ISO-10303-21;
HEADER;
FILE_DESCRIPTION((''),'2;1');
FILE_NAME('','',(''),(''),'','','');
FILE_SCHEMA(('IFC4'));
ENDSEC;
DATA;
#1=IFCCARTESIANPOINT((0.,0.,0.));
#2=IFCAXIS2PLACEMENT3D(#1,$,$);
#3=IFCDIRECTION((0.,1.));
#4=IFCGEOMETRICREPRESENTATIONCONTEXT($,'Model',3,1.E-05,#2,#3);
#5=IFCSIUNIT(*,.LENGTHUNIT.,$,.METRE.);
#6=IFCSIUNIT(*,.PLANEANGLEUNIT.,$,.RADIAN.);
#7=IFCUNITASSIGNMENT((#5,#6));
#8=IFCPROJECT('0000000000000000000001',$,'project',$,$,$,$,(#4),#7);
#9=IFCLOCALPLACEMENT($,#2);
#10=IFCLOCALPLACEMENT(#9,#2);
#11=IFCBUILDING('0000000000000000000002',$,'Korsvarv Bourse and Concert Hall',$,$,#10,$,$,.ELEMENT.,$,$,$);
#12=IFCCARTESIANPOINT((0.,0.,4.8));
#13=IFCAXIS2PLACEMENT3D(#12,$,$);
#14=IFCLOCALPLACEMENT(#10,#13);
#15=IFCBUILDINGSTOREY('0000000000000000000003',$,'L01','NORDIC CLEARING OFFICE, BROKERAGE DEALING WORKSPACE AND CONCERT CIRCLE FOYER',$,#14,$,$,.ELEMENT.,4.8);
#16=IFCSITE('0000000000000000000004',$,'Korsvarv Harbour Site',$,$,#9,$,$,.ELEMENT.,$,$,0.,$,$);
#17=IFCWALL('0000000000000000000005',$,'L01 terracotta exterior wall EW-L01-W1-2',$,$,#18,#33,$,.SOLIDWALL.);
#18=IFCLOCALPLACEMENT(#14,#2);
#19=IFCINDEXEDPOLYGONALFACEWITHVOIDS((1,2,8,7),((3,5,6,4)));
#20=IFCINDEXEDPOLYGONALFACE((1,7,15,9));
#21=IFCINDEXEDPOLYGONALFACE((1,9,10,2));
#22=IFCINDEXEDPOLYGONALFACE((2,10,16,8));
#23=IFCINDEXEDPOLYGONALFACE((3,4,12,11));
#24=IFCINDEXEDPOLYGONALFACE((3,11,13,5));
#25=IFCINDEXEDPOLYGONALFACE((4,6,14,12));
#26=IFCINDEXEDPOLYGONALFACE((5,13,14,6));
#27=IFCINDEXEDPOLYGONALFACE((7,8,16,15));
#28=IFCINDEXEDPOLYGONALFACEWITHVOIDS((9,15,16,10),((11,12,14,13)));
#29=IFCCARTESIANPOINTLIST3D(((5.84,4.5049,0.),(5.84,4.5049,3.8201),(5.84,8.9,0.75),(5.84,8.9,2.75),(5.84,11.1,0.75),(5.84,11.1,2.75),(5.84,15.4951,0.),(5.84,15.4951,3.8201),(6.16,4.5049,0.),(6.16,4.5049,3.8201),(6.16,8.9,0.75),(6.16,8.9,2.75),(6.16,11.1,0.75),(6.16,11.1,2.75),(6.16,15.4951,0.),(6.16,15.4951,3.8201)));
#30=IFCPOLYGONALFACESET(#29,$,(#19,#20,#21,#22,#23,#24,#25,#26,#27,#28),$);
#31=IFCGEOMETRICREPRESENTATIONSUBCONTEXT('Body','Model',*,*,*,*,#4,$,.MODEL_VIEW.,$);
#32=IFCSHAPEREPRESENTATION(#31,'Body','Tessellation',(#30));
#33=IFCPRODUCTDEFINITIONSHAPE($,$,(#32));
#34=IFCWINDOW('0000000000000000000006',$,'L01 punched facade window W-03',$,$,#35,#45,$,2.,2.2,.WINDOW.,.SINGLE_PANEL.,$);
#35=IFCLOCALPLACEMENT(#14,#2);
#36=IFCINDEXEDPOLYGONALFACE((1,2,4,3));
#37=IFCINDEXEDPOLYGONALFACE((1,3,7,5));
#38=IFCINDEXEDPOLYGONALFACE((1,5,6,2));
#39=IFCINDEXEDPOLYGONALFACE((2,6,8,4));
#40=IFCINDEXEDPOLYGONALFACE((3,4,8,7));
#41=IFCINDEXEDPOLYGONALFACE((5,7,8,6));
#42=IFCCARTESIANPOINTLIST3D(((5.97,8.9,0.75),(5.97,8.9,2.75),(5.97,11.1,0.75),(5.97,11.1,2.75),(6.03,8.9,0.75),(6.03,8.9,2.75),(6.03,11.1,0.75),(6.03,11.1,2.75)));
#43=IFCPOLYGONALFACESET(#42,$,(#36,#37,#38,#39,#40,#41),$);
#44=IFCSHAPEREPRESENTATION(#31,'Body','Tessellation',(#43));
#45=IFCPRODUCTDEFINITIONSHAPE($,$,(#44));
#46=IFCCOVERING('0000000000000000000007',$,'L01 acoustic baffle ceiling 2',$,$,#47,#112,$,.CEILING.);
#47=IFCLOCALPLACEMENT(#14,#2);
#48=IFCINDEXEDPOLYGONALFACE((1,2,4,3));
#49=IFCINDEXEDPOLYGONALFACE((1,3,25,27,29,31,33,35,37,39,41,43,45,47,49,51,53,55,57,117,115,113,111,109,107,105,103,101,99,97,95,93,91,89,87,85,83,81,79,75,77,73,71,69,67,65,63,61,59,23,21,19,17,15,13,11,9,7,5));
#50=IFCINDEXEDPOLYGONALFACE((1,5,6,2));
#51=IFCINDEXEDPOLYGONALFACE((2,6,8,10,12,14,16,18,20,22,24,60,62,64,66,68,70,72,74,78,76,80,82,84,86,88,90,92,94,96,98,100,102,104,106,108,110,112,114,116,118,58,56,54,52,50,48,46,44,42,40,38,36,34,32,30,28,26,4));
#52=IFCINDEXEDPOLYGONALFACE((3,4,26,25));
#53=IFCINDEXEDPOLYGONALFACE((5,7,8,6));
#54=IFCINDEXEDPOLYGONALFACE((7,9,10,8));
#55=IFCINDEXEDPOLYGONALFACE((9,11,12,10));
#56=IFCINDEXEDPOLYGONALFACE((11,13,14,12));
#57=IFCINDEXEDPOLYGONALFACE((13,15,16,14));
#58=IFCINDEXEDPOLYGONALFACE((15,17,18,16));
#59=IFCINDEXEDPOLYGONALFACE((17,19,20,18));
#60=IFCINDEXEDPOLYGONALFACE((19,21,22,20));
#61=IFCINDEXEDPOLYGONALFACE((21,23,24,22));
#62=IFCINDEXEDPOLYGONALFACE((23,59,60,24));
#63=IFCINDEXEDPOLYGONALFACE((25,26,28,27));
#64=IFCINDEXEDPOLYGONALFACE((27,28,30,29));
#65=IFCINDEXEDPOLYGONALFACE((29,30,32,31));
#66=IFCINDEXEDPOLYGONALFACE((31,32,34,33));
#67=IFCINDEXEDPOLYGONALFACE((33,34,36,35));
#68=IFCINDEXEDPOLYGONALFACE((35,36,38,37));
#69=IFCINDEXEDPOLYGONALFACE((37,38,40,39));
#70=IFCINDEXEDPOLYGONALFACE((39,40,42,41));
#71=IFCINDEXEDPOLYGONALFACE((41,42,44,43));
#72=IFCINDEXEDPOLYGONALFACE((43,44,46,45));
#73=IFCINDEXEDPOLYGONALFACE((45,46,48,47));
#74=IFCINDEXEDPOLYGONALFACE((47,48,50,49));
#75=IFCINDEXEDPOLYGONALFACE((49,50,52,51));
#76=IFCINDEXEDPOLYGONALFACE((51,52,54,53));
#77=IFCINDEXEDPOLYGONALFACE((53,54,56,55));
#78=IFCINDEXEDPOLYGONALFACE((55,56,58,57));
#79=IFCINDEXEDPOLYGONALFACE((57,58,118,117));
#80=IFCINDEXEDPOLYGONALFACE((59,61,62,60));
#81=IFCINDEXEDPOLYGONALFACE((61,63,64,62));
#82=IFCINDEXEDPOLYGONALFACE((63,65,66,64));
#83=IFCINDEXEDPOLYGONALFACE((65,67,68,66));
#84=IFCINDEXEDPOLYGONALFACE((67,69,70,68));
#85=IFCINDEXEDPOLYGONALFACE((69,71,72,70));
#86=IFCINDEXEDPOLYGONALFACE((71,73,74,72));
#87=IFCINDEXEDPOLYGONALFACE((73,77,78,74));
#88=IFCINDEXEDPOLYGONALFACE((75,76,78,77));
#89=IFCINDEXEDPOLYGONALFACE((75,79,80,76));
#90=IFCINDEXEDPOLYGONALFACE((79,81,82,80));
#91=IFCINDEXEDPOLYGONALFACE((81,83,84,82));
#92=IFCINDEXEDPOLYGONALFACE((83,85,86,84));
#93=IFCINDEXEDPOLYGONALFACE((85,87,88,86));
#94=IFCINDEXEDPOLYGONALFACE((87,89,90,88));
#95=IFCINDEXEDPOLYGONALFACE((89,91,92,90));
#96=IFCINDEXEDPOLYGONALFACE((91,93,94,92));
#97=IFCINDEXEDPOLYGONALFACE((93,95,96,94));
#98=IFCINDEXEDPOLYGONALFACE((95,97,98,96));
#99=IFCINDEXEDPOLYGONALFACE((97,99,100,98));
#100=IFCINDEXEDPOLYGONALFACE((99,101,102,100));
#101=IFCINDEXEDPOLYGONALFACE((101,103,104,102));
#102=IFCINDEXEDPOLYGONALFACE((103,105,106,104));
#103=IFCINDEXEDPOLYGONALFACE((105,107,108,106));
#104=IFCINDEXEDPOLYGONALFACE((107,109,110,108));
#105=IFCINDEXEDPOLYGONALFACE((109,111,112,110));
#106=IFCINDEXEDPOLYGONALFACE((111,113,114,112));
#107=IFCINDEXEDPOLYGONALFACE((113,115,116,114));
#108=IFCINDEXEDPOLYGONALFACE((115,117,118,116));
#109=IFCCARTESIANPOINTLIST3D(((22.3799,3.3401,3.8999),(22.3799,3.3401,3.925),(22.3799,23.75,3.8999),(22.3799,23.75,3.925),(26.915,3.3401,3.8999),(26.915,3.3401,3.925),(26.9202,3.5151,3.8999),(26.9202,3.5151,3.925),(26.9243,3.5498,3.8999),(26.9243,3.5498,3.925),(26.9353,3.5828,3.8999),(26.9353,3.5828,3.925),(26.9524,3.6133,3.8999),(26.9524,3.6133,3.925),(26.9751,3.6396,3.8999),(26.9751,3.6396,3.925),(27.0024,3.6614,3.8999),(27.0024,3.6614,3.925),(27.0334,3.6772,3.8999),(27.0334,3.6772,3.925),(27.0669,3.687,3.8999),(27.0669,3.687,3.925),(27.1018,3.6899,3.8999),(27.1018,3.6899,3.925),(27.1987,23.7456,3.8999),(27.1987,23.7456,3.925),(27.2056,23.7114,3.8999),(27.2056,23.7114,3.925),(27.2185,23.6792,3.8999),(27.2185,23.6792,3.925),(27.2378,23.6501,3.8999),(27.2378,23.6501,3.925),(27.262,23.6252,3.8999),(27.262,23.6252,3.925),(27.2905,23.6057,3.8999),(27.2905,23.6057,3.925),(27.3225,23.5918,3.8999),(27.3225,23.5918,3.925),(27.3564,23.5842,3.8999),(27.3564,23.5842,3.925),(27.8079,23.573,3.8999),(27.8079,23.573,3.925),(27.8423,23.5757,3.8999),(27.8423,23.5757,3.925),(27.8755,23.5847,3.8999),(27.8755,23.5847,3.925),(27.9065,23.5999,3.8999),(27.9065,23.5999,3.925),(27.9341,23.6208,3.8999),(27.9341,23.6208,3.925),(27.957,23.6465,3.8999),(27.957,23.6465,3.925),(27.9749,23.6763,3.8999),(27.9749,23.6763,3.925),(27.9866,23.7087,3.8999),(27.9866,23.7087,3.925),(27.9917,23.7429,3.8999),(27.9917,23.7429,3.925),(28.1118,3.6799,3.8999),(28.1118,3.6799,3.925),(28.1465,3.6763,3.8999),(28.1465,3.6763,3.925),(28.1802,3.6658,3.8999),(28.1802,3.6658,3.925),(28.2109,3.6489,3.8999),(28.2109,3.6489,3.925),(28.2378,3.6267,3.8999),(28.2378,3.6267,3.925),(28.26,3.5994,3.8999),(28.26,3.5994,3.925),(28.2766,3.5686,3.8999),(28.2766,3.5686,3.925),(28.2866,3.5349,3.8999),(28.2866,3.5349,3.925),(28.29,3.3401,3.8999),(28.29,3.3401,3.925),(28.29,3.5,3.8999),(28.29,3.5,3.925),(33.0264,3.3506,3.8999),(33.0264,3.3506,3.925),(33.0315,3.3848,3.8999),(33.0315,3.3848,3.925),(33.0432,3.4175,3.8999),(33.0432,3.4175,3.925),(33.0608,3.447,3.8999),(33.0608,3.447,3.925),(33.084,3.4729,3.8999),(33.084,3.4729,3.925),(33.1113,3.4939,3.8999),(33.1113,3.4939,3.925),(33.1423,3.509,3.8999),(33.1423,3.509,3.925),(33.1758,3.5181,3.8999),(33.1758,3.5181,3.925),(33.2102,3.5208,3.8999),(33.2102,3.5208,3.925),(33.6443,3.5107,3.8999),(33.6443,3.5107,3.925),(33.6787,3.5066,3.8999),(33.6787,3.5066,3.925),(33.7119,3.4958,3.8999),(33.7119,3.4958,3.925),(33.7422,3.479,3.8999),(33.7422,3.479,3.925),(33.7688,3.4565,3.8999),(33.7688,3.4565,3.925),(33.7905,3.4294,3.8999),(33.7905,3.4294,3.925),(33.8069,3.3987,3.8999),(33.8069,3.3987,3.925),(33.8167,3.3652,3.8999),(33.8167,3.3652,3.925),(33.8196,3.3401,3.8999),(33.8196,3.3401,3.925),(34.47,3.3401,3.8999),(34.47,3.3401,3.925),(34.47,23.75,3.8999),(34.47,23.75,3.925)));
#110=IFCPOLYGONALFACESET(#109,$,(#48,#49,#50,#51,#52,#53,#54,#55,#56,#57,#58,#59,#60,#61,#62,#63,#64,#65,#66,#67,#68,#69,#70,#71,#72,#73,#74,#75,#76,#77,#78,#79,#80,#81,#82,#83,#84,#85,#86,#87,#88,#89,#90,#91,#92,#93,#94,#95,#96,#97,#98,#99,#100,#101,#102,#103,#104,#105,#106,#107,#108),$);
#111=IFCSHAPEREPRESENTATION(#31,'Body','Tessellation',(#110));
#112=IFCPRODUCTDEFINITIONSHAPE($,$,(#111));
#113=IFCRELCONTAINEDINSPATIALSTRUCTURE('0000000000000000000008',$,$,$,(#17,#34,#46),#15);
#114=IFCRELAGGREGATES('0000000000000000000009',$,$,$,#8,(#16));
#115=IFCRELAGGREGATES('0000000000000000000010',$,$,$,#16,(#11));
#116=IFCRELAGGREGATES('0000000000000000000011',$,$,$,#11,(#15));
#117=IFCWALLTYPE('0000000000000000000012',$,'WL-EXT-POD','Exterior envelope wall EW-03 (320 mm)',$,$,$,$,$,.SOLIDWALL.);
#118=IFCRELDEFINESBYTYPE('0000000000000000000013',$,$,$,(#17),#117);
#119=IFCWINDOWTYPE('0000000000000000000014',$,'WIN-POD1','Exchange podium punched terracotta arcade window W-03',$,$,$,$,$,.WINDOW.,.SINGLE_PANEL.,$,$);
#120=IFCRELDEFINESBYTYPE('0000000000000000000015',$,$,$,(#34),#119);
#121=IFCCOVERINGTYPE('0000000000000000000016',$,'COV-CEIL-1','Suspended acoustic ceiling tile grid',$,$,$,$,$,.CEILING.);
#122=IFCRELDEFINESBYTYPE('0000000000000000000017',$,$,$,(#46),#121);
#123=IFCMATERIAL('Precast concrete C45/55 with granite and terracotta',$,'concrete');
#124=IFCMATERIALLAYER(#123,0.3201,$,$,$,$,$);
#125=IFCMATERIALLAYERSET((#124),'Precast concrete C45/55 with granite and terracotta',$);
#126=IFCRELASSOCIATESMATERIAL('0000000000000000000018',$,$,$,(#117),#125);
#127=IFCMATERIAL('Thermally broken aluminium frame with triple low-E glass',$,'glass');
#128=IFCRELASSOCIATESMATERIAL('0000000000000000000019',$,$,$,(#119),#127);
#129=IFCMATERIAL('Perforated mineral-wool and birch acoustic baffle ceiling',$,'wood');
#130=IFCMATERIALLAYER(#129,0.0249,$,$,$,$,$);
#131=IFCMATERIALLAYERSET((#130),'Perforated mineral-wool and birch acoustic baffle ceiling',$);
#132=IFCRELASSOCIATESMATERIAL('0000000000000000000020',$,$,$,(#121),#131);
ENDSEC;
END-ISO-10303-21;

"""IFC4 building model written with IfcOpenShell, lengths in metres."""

from ifc_helpers import new_model, si_unit, direction, frame, frame_2d, origin, place, context, subcontext, project, spatial, polyline, rectangle, outline, extrude, material, layer, layer_set, type_object, element, fill, save


model = new_model("IFC4")

# Units and contexts
model_context = context("Model", 3, precision=1e-05, world=origin(), true_north=direction((0.0, 1.0)))
body_context = subcontext(model_context, "Body", "Model", "MODEL_VIEW")
ifc_project = project(units=[si_unit("LENGTHUNIT", "METRE"), si_unit("PLANEANGLEUNIT", "RADIAN")], contexts=[model_context])

# Site, building, storey
site_placement = place(None, origin())
site = spatial("IfcSite", under=ifc_project, at=site_placement, Name="Korsvarv Harbour Site", CompositionType="ELEMENT", RefElevation=0.0)
building_placement = place(site_placement, origin())
building = spatial("IfcBuilding", under=site, at=building_placement, Name="Korsvarv Bourse and Concert Hall", CompositionType="ELEMENT")
storey_placement = place(building_placement, frame((0.0, 0.0, 4.8)))
storey = spatial("IfcBuildingStorey", under=building, at=storey_placement, Name="L01", Description="NORDIC CLEARING OFFICE, BROKERAGE DEALING WORKSPACE AND CONCERT CIRCLE FOYER", CompositionType="ELEMENT", Elevation=4.8)

# Shared definitions
ifc_material_1 = material(Name="Precast concrete C45/55 with granite and terracotta", Category="concrete")
ifc_layer_1 = layer(ifc_material_1, 0.3201)
ifc_layer_set_1 = layer_set([ifc_layer_1], Name="Precast concrete C45/55 with granite and terracotta")
wall_type = type_object("IfcWallType", Name="WL-EXT-POD", Description="Exterior envelope wall EW-03 (320 mm)", PredefinedType="SOLIDWALL", material=ifc_layer_set_1)
ifc_material_2 = material(Name="Thermally broken aluminium frame with triple low-E glass", Category="glass")
window_type = type_object("IfcWindowType", Name="WIN-POD1", Description="Exchange podium punched terracotta arcade window W-03", PartitioningType="SINGLE_PANEL", PredefinedType="WINDOW", material=ifc_material_2)

# Wall, opening, window
wall_1_placement = place(storey_placement, frame((6.0, 4.5049, 0.0), z_axis=(0.0, 0.0, 1.0), x_axis=(0.0, 1.0, 0.0)))
wall_1 = element("IfcWall", 1, at=wall_1_placement, inside=storey, type_object=wall_type, Name="L01 terracotta exterior wall EW-L01-W1-2", PredefinedType="SOLIDWALL", context=body_context, shape_type="SweptSolid", body=[
    extrude(rectangle(XDim=10.9902, YDim=0.3201, at=frame_2d((5.4951, 0.0))), origin(), (0.0, 0.0, 1.0), 3.8201),
])
opening_1_placement = place(wall_1_placement, frame((4.395, 0.0, 0.75)))
opening_1 = element("IfcOpeningElement", 2, at=opening_1_placement, cuts=wall_1, PredefinedType="OPENING", context=body_context, shape_type="SweptSolid", body=[
    extrude(rectangle(XDim=2.2, YDim=2.0, at=frame_2d((1.1001, 1.0))), frame((0.0, 0.1699, 0.0), z_axis=(0.0, -1.0, 0.0), x_axis=(1.0, 0.0, 0.0)), (0.0, 0.0, 1.0), 0.3401),
])
window_1_placement = place(opening_1_placement, origin())
window_1 = element("IfcWindow", 3, at=window_1_placement, inside=storey, type_object=window_type, Name="L01 punched facade window W-03", OverallHeight=2.0, OverallWidth=2.2, PartitioningType="SINGLE_PANEL", PredefinedType="WINDOW", context=body_context, shape_type="SweptSolid", body=[
    extrude(rectangle(XDim=2.2, YDim=2.0, at=frame_2d((1.1001, 1.0))), frame((0.0, 0.03, 0.0), z_axis=(0.0, -1.0, 0.0), x_axis=(1.0, 0.0, 0.0)), (0.0, 0.0, 1.0), 0.0601),
])
fill(opening_1, window_1)

# Covering
ifc_material_3 = material(Name="Perforated mineral-wool and birch acoustic baffle ceiling", Category="wood")
ifc_layer_2 = layer(ifc_material_3, 0.0249)
ifc_layer_set_2 = layer_set([ifc_layer_2], Name="Perforated mineral-wool and birch acoustic baffle ceiling")
covering_type_1 = type_object("IfcCoveringType", Name="COV-CEIL-1", Description="Suspended acoustic ceiling tile grid", PredefinedType="CEILING", material=ifc_layer_set_2)
covering_1_placement = place(storey_placement, frame((0.0, 0.0, 3.8999)))
element("IfcCovering", 4, at=covering_1_placement, inside=storey, type_object=covering_type_1, Name="L01 acoustic baffle ceiling 2", PredefinedType="CEILING", context=body_context, shape_type="SweptSolid", body=[
    extrude(outline(polyline([(27.1987, 23.7456), (27.2056, 23.7114), (27.2185, 23.6792), (27.2378, 23.6501), (27.262, 23.6252), (27.2905, 23.6057), (27.3225, 23.5918), (27.3564, 23.5842), (27.8079, 23.573), (27.8423, 23.5757), (27.8755, 23.5847), (27.9065, 23.5999), (27.9341, 23.6208), (27.957, 23.6465), (27.9749, 23.6763), (27.9866, 23.7087), (27.9917, 23.7429), (34.47, 23.75), (34.47, 3.3401), (33.8196, 3.3401), (33.8167, 3.3652), (33.8069, 3.3987), (33.7905, 3.4294), (33.7688, 3.4565), (33.7422, 3.479), (33.7119, 3.4958), (33.6787, 3.5066), (33.6443, 3.5107), (33.2102, 3.5208), (33.1758, 3.5181), (33.1423, 3.509), (33.1113, 3.4939), (33.084, 3.4729), (33.0608, 3.447), (33.0432, 3.4175), (33.0315, 3.3848), (33.0264, 3.3506), (28.29, 3.3401), (28.29, 3.5), (28.2866, 3.5349), (28.2766, 3.5686), (28.26, 3.5994), (28.2378, 3.6267), (28.2109, 3.6489), (28.1802, 3.6658), (28.1465, 3.6763), (28.1118, 3.6799), (27.1018, 3.6899), (27.0669, 3.687), (27.0334, 3.6772), (27.0024, 3.6614), (26.9751, 3.6396), (26.9524, 3.6133), (26.9353, 3.5828), (26.9243, 3.5498), (26.9202, 3.5151), (26.915, 3.3401), (22.3799, 3.3401), (22.3799, 23.75), (27.1987, 23.7456)])), origin(), (0.0, 0.0, 1.0), 0.0251),
])

save(model, "model.ifc")
